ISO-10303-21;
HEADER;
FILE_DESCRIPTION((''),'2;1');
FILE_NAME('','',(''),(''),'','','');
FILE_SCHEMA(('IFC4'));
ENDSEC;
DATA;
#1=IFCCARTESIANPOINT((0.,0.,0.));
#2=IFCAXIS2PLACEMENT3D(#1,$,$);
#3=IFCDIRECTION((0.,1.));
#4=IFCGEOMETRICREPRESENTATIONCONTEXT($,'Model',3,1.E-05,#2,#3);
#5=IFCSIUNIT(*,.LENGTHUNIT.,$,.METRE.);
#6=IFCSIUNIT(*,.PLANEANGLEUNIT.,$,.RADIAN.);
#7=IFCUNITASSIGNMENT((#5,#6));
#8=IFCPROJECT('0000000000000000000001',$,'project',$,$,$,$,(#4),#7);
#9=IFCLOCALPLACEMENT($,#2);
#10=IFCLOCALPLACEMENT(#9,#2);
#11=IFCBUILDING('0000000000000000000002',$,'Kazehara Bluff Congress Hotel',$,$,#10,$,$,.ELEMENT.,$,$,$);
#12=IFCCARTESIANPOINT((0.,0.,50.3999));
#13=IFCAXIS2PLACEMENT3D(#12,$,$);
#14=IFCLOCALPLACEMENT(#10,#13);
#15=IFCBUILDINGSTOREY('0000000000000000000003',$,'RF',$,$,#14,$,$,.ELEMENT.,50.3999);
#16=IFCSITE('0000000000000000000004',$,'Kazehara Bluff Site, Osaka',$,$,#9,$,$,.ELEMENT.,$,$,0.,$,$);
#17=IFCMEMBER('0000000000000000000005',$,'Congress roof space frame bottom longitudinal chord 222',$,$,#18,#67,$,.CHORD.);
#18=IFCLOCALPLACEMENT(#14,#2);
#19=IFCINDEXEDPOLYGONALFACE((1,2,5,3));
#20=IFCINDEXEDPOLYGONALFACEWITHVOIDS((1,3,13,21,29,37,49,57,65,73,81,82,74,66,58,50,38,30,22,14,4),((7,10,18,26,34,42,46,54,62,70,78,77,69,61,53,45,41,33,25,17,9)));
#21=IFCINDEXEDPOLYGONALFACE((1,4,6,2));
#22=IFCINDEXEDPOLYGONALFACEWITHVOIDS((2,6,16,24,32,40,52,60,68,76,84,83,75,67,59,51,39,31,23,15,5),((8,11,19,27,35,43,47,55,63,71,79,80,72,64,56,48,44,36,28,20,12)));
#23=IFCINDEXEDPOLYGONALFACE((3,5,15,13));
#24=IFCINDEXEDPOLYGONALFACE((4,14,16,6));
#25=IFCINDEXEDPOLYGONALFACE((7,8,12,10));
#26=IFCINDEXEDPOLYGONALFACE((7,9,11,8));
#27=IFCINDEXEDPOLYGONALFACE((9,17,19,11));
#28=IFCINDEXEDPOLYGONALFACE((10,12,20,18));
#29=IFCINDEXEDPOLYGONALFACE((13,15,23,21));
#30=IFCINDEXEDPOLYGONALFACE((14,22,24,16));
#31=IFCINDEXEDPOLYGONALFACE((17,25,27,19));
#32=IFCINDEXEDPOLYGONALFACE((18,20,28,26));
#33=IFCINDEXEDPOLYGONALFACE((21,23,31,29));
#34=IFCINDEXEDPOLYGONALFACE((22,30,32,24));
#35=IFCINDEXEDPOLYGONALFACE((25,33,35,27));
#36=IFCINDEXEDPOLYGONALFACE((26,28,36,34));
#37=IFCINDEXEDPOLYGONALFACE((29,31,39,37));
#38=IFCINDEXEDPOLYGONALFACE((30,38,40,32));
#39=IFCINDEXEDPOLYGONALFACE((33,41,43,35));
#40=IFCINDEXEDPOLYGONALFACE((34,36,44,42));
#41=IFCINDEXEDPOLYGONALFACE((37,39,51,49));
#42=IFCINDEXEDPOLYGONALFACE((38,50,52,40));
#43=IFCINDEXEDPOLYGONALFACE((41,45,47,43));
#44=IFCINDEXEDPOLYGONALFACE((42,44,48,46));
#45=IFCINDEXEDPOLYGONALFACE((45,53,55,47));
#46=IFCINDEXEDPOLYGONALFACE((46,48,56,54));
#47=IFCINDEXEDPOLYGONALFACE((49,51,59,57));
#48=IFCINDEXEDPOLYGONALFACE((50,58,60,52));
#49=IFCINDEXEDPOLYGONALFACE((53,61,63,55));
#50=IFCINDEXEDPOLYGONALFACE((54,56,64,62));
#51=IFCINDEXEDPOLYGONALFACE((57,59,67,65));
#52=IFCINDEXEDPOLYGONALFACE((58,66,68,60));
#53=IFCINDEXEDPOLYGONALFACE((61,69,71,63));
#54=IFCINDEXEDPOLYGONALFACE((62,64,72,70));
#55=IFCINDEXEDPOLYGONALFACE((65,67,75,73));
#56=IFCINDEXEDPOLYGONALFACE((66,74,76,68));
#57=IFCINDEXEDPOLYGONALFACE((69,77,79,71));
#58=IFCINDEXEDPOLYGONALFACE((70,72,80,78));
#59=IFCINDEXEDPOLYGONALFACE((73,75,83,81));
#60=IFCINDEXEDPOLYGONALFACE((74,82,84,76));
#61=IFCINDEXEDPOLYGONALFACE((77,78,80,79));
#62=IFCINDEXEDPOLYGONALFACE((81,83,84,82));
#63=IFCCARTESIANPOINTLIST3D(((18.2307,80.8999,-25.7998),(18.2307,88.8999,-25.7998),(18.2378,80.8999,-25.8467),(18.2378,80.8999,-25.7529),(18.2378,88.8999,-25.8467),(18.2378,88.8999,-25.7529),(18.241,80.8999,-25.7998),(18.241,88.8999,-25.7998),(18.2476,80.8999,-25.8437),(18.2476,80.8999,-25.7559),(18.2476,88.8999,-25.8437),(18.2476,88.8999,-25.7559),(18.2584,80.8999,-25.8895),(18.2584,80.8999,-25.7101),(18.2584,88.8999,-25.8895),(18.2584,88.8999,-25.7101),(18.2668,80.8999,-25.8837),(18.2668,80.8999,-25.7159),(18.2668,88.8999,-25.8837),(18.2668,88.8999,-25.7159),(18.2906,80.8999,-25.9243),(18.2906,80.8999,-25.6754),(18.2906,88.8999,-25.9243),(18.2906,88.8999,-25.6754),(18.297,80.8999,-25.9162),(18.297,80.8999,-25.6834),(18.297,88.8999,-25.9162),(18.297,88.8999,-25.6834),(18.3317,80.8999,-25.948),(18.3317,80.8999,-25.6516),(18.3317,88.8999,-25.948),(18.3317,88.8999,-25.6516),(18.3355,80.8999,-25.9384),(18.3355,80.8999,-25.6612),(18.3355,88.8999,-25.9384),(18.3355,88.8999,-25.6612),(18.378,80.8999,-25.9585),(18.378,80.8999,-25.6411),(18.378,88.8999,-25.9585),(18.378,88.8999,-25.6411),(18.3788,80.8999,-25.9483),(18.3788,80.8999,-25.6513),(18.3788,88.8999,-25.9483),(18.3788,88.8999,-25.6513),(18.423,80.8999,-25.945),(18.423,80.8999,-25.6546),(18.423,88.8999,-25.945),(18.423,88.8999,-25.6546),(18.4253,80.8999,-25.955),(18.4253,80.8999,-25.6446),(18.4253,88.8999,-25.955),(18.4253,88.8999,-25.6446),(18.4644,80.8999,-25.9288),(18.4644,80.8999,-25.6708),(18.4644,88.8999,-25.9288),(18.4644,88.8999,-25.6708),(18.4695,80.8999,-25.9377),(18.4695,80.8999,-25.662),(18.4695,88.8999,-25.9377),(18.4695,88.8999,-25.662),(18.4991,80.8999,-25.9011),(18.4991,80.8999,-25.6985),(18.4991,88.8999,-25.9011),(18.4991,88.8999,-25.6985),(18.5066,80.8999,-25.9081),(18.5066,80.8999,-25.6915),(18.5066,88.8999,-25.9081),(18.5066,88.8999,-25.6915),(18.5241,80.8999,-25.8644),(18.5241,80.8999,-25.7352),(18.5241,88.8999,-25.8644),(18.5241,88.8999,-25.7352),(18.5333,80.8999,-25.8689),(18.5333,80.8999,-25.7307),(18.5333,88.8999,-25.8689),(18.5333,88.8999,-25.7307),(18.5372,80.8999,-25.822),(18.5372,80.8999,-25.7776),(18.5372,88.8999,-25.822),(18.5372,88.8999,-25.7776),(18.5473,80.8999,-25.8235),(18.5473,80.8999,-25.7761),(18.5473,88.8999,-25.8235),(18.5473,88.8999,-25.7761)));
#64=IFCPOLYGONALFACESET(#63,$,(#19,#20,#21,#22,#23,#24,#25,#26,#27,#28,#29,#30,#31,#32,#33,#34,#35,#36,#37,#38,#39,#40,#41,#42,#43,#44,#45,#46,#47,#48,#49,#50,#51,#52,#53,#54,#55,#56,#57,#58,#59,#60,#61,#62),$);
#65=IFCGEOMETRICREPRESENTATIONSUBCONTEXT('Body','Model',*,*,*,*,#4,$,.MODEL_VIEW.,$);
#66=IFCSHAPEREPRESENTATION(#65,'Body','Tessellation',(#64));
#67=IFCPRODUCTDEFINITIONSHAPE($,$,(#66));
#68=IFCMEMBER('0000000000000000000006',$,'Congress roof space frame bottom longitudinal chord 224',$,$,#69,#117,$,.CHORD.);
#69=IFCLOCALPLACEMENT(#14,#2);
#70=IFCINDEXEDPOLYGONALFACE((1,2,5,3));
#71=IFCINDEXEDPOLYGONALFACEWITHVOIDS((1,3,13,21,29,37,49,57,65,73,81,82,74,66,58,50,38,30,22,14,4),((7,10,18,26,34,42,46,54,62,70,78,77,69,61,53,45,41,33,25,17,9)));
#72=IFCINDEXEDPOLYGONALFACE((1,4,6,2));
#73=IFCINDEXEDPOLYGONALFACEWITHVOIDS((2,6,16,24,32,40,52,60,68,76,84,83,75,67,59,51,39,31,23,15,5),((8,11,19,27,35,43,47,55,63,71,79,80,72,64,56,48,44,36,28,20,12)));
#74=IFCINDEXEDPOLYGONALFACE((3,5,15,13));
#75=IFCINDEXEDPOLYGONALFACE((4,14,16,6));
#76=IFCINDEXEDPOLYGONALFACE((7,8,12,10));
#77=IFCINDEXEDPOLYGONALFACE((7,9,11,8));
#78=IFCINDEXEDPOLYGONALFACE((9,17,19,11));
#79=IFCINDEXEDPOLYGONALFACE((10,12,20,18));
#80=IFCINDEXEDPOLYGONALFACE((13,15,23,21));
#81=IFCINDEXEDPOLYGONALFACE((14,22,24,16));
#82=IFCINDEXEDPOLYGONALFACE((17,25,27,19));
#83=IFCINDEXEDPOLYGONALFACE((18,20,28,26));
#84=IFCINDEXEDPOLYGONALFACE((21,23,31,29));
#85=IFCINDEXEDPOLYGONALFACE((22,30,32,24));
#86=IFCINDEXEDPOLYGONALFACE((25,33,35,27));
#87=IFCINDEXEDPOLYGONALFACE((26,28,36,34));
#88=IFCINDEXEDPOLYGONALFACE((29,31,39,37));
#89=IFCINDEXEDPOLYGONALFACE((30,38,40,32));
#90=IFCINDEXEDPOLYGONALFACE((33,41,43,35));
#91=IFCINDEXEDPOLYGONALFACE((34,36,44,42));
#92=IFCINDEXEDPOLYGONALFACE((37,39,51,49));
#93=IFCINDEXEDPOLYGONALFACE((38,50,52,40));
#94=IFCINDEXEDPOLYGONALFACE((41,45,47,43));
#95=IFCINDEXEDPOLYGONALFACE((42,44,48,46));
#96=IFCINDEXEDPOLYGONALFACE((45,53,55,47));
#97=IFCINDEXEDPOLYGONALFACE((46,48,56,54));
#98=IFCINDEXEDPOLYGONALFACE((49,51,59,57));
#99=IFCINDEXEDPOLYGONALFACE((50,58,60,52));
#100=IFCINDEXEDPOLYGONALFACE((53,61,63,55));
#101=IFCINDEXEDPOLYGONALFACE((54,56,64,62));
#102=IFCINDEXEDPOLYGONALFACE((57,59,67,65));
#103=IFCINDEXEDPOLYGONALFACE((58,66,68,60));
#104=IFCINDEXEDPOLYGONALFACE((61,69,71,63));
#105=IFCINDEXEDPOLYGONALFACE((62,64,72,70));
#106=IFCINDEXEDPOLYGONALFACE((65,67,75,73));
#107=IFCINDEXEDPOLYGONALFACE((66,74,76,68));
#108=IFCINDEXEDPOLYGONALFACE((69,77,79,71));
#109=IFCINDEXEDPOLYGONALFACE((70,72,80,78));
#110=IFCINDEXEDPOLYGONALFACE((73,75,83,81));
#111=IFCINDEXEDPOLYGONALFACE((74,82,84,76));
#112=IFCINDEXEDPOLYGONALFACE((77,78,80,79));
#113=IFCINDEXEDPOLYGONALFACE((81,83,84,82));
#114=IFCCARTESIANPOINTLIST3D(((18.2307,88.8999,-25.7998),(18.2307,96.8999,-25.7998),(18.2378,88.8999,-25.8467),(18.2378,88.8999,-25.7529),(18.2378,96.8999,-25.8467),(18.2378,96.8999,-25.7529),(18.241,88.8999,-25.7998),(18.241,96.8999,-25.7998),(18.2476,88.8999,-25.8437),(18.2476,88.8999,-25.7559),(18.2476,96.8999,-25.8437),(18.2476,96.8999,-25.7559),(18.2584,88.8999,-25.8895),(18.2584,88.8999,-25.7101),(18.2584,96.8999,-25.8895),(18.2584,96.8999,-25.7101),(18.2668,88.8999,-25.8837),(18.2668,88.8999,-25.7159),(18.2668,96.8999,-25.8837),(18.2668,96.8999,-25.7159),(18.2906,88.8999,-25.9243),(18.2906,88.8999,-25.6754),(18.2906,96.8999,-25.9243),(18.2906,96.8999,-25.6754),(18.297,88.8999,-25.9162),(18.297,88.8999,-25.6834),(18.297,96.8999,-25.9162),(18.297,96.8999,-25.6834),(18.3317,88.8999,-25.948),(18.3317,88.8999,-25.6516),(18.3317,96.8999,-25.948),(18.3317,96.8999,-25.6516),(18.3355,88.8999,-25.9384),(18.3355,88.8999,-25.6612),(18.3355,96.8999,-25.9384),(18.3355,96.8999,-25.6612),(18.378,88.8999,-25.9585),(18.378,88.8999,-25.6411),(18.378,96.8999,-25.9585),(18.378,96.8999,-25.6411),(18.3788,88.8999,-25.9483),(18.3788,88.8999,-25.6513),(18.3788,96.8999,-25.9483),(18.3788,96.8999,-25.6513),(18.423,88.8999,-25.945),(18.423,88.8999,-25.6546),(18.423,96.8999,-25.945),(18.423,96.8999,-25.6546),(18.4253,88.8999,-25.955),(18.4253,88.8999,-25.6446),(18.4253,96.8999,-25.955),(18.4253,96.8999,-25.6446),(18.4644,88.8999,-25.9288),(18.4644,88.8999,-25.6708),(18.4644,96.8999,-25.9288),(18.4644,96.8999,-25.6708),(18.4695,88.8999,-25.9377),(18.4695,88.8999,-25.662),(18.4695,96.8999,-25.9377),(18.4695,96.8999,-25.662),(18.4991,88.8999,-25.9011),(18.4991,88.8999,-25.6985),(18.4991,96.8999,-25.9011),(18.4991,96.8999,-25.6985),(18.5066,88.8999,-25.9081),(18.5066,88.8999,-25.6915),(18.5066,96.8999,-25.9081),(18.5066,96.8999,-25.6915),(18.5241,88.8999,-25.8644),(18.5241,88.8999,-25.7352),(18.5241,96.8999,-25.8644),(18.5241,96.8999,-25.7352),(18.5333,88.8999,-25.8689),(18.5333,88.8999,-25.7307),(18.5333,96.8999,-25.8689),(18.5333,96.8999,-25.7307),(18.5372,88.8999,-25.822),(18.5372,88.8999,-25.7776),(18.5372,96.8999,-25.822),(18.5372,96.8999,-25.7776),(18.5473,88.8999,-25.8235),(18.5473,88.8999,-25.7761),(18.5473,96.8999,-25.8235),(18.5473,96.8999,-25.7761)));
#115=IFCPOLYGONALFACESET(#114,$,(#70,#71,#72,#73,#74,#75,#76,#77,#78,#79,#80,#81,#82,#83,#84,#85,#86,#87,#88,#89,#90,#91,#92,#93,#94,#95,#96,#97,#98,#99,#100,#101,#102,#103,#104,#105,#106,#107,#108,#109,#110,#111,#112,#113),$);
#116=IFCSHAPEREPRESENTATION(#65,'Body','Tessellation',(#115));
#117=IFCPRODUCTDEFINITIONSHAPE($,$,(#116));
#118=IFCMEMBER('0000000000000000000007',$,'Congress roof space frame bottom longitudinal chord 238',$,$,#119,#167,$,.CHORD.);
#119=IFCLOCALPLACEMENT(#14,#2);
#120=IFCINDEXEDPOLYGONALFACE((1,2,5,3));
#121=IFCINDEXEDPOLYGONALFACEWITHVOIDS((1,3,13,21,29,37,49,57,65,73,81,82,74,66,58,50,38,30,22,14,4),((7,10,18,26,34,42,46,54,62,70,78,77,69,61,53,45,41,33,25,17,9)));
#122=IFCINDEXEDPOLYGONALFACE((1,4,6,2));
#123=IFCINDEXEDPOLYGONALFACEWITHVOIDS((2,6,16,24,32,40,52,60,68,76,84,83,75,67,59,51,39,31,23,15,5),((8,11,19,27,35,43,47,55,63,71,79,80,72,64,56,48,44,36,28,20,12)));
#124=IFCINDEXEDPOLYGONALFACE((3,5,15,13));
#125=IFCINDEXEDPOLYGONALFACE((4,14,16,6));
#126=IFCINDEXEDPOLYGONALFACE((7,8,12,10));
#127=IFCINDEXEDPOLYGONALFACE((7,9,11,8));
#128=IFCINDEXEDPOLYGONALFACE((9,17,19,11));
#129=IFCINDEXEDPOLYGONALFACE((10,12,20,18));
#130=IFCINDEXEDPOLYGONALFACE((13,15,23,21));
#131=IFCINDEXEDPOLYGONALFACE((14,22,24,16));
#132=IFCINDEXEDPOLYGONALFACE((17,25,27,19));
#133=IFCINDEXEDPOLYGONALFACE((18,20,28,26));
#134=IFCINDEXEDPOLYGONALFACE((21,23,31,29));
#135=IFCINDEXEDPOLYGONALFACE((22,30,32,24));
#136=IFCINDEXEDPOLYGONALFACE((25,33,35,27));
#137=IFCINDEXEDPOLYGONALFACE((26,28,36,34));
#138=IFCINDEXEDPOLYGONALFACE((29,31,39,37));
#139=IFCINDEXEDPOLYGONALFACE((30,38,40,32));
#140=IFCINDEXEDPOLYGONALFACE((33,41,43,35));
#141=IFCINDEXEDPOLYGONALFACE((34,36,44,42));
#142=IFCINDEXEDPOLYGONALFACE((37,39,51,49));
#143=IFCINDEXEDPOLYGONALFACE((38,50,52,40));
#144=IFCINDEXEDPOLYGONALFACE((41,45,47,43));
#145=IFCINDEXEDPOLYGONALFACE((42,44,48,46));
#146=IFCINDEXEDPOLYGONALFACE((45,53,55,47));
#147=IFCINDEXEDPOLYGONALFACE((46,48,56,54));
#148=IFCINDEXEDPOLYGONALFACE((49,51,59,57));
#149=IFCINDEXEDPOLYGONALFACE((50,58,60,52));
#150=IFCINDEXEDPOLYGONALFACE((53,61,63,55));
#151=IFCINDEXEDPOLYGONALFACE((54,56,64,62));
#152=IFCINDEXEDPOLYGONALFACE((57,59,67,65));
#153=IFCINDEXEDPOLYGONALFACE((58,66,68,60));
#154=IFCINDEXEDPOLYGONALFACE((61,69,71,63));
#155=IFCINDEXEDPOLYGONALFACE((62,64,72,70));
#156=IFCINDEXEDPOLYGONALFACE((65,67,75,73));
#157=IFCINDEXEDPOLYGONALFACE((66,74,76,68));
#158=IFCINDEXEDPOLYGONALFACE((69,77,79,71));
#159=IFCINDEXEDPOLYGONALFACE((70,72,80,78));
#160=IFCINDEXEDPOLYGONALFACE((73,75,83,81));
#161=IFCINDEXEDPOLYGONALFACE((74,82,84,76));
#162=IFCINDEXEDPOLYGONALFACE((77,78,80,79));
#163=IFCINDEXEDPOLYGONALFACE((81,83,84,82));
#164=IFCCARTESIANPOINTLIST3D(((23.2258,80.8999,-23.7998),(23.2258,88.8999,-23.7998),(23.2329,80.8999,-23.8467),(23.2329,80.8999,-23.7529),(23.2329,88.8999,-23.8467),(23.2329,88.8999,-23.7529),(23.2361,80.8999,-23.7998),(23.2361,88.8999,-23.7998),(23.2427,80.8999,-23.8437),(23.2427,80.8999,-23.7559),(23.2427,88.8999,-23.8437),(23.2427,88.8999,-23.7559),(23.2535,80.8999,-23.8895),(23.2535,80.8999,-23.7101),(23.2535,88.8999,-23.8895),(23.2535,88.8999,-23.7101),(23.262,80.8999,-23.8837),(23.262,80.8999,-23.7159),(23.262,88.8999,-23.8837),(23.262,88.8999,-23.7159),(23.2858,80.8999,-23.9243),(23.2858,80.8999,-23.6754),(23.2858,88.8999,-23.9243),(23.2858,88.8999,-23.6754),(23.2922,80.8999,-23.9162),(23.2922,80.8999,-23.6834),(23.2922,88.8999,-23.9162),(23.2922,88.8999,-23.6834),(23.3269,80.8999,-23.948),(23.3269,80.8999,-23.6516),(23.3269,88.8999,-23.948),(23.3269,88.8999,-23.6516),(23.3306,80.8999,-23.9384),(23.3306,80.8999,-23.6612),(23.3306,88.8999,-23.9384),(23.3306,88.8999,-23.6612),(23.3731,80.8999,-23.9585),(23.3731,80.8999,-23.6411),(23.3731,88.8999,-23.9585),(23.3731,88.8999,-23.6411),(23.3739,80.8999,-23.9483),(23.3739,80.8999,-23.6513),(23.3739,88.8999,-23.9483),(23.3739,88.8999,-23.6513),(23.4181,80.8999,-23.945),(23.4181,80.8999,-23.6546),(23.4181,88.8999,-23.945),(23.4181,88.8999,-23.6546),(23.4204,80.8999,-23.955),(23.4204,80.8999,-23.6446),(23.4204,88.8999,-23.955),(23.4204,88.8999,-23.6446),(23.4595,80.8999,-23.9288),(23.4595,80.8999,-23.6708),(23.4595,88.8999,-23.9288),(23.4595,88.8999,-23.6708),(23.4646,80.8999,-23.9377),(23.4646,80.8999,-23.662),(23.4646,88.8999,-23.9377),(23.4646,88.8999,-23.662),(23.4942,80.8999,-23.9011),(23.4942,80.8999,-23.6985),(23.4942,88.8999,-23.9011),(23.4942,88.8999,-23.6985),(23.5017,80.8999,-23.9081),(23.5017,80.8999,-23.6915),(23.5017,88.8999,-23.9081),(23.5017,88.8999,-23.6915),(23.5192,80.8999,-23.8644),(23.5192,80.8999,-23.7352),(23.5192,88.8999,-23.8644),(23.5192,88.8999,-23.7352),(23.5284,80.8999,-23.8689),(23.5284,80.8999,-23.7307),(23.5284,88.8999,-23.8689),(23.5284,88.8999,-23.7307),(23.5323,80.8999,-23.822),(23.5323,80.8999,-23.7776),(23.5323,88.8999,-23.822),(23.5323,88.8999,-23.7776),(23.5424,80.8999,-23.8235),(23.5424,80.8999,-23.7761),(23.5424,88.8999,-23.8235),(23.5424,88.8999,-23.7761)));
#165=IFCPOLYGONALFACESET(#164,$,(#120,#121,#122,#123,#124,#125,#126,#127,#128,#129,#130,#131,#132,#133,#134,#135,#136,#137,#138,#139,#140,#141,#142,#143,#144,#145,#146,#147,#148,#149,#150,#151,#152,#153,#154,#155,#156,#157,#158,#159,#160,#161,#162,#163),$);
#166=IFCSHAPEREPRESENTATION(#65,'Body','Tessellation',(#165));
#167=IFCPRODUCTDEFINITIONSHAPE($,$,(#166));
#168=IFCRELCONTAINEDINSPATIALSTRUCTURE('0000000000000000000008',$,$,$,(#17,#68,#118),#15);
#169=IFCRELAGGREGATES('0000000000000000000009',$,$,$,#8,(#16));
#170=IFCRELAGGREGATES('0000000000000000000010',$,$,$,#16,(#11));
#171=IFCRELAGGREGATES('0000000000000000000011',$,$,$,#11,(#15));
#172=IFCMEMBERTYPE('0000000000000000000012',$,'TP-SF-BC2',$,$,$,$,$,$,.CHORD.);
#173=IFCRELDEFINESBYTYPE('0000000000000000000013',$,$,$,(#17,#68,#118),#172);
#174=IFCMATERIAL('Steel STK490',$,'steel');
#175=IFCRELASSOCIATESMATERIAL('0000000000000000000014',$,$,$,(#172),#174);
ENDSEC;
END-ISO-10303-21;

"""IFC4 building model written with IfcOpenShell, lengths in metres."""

from ifc_helpers import new_model, si_unit, direction, frame, origin, origin_2d, place, context, subcontext, project, spatial, hollow_circle, extrude, material, material_profile, profile_set, type_object, element, save


model = new_model("IFC4")

# Units and contexts
model_context = context("Model", 3, precision=1e-05, world=origin(), true_north=direction((0.0, 1.0)))
body_context = subcontext(model_context, "Body", "Model", "MODEL_VIEW")
ifc_project = project(units=[si_unit("LENGTHUNIT", "METRE"), si_unit("PLANEANGLEUNIT", "RADIAN")], contexts=[model_context])

# Site, building, storey
site_placement = place(None, origin())
site = spatial("IfcSite", under=ifc_project, at=site_placement, Name="Kazehara Bluff Site, Osaka", CompositionType="ELEMENT", RefElevation=0.0)
building_placement = place(site_placement, origin())
building = spatial("IfcBuilding", under=site, at=building_placement, Name="Kazehara Bluff Congress Hotel", CompositionType="ELEMENT")
storey_placement = place(building_placement, frame((0.0, 0.0, 50.3999)))
storey = spatial("IfcBuildingStorey", under=building, at=storey_placement, Name="RF", CompositionType="ELEMENT", Elevation=50.3999)

# Members
ifc_material_1 = material(Name="Steel STK490", Category="steel")
ifc_material_profile_1 = material_profile(ifc_material_1, hollow_circle(Radius=0.1592, WallThickness=0.0103, at=origin_2d()))
ifc_profile_set_1 = profile_set([ifc_material_profile_1], Name="Steel STK490")
member_type_1 = type_object("IfcMemberType", Name="TP-SF-BC2", PredefinedType="CHORD", material=ifc_profile_set_1)
for number, where, z_axis, x_axis, name in (
    (1, (18.3899, 80.8999, -25.7998), (0.0, 1.0, 0.0), (-1.0, 0.0, 0.0), "Congress roof space frame bottom longitudinal chord 222"),
    (2, (18.3899, 88.8999, -25.7998), (0.0, 1.0, 0.0), (-1.0, 0.0, 0.0), "Congress roof space frame bottom longitudinal chord 224"),
    (3, (23.385, 80.8999, -23.7998), (0.0, 1.0, 0.0), (-1.0, 0.0, 0.0), "Congress roof space frame bottom longitudinal chord 238"),
):
    element("IfcMember", number, at=place(storey_placement, frame(where, z_axis=z_axis, x_axis=x_axis)), inside=storey, type_object=member_type_1, Name=name, PredefinedType="CHORD", context=body_context, shape_type="SweptSolid", body=[
        extrude(hollow_circle(Radius=0.1592, WallThickness=0.0103, at=origin_2d()), origin(), (0.0, 0.0, 1.0), 8.0),
    ])

save(model, "model.ifc")
